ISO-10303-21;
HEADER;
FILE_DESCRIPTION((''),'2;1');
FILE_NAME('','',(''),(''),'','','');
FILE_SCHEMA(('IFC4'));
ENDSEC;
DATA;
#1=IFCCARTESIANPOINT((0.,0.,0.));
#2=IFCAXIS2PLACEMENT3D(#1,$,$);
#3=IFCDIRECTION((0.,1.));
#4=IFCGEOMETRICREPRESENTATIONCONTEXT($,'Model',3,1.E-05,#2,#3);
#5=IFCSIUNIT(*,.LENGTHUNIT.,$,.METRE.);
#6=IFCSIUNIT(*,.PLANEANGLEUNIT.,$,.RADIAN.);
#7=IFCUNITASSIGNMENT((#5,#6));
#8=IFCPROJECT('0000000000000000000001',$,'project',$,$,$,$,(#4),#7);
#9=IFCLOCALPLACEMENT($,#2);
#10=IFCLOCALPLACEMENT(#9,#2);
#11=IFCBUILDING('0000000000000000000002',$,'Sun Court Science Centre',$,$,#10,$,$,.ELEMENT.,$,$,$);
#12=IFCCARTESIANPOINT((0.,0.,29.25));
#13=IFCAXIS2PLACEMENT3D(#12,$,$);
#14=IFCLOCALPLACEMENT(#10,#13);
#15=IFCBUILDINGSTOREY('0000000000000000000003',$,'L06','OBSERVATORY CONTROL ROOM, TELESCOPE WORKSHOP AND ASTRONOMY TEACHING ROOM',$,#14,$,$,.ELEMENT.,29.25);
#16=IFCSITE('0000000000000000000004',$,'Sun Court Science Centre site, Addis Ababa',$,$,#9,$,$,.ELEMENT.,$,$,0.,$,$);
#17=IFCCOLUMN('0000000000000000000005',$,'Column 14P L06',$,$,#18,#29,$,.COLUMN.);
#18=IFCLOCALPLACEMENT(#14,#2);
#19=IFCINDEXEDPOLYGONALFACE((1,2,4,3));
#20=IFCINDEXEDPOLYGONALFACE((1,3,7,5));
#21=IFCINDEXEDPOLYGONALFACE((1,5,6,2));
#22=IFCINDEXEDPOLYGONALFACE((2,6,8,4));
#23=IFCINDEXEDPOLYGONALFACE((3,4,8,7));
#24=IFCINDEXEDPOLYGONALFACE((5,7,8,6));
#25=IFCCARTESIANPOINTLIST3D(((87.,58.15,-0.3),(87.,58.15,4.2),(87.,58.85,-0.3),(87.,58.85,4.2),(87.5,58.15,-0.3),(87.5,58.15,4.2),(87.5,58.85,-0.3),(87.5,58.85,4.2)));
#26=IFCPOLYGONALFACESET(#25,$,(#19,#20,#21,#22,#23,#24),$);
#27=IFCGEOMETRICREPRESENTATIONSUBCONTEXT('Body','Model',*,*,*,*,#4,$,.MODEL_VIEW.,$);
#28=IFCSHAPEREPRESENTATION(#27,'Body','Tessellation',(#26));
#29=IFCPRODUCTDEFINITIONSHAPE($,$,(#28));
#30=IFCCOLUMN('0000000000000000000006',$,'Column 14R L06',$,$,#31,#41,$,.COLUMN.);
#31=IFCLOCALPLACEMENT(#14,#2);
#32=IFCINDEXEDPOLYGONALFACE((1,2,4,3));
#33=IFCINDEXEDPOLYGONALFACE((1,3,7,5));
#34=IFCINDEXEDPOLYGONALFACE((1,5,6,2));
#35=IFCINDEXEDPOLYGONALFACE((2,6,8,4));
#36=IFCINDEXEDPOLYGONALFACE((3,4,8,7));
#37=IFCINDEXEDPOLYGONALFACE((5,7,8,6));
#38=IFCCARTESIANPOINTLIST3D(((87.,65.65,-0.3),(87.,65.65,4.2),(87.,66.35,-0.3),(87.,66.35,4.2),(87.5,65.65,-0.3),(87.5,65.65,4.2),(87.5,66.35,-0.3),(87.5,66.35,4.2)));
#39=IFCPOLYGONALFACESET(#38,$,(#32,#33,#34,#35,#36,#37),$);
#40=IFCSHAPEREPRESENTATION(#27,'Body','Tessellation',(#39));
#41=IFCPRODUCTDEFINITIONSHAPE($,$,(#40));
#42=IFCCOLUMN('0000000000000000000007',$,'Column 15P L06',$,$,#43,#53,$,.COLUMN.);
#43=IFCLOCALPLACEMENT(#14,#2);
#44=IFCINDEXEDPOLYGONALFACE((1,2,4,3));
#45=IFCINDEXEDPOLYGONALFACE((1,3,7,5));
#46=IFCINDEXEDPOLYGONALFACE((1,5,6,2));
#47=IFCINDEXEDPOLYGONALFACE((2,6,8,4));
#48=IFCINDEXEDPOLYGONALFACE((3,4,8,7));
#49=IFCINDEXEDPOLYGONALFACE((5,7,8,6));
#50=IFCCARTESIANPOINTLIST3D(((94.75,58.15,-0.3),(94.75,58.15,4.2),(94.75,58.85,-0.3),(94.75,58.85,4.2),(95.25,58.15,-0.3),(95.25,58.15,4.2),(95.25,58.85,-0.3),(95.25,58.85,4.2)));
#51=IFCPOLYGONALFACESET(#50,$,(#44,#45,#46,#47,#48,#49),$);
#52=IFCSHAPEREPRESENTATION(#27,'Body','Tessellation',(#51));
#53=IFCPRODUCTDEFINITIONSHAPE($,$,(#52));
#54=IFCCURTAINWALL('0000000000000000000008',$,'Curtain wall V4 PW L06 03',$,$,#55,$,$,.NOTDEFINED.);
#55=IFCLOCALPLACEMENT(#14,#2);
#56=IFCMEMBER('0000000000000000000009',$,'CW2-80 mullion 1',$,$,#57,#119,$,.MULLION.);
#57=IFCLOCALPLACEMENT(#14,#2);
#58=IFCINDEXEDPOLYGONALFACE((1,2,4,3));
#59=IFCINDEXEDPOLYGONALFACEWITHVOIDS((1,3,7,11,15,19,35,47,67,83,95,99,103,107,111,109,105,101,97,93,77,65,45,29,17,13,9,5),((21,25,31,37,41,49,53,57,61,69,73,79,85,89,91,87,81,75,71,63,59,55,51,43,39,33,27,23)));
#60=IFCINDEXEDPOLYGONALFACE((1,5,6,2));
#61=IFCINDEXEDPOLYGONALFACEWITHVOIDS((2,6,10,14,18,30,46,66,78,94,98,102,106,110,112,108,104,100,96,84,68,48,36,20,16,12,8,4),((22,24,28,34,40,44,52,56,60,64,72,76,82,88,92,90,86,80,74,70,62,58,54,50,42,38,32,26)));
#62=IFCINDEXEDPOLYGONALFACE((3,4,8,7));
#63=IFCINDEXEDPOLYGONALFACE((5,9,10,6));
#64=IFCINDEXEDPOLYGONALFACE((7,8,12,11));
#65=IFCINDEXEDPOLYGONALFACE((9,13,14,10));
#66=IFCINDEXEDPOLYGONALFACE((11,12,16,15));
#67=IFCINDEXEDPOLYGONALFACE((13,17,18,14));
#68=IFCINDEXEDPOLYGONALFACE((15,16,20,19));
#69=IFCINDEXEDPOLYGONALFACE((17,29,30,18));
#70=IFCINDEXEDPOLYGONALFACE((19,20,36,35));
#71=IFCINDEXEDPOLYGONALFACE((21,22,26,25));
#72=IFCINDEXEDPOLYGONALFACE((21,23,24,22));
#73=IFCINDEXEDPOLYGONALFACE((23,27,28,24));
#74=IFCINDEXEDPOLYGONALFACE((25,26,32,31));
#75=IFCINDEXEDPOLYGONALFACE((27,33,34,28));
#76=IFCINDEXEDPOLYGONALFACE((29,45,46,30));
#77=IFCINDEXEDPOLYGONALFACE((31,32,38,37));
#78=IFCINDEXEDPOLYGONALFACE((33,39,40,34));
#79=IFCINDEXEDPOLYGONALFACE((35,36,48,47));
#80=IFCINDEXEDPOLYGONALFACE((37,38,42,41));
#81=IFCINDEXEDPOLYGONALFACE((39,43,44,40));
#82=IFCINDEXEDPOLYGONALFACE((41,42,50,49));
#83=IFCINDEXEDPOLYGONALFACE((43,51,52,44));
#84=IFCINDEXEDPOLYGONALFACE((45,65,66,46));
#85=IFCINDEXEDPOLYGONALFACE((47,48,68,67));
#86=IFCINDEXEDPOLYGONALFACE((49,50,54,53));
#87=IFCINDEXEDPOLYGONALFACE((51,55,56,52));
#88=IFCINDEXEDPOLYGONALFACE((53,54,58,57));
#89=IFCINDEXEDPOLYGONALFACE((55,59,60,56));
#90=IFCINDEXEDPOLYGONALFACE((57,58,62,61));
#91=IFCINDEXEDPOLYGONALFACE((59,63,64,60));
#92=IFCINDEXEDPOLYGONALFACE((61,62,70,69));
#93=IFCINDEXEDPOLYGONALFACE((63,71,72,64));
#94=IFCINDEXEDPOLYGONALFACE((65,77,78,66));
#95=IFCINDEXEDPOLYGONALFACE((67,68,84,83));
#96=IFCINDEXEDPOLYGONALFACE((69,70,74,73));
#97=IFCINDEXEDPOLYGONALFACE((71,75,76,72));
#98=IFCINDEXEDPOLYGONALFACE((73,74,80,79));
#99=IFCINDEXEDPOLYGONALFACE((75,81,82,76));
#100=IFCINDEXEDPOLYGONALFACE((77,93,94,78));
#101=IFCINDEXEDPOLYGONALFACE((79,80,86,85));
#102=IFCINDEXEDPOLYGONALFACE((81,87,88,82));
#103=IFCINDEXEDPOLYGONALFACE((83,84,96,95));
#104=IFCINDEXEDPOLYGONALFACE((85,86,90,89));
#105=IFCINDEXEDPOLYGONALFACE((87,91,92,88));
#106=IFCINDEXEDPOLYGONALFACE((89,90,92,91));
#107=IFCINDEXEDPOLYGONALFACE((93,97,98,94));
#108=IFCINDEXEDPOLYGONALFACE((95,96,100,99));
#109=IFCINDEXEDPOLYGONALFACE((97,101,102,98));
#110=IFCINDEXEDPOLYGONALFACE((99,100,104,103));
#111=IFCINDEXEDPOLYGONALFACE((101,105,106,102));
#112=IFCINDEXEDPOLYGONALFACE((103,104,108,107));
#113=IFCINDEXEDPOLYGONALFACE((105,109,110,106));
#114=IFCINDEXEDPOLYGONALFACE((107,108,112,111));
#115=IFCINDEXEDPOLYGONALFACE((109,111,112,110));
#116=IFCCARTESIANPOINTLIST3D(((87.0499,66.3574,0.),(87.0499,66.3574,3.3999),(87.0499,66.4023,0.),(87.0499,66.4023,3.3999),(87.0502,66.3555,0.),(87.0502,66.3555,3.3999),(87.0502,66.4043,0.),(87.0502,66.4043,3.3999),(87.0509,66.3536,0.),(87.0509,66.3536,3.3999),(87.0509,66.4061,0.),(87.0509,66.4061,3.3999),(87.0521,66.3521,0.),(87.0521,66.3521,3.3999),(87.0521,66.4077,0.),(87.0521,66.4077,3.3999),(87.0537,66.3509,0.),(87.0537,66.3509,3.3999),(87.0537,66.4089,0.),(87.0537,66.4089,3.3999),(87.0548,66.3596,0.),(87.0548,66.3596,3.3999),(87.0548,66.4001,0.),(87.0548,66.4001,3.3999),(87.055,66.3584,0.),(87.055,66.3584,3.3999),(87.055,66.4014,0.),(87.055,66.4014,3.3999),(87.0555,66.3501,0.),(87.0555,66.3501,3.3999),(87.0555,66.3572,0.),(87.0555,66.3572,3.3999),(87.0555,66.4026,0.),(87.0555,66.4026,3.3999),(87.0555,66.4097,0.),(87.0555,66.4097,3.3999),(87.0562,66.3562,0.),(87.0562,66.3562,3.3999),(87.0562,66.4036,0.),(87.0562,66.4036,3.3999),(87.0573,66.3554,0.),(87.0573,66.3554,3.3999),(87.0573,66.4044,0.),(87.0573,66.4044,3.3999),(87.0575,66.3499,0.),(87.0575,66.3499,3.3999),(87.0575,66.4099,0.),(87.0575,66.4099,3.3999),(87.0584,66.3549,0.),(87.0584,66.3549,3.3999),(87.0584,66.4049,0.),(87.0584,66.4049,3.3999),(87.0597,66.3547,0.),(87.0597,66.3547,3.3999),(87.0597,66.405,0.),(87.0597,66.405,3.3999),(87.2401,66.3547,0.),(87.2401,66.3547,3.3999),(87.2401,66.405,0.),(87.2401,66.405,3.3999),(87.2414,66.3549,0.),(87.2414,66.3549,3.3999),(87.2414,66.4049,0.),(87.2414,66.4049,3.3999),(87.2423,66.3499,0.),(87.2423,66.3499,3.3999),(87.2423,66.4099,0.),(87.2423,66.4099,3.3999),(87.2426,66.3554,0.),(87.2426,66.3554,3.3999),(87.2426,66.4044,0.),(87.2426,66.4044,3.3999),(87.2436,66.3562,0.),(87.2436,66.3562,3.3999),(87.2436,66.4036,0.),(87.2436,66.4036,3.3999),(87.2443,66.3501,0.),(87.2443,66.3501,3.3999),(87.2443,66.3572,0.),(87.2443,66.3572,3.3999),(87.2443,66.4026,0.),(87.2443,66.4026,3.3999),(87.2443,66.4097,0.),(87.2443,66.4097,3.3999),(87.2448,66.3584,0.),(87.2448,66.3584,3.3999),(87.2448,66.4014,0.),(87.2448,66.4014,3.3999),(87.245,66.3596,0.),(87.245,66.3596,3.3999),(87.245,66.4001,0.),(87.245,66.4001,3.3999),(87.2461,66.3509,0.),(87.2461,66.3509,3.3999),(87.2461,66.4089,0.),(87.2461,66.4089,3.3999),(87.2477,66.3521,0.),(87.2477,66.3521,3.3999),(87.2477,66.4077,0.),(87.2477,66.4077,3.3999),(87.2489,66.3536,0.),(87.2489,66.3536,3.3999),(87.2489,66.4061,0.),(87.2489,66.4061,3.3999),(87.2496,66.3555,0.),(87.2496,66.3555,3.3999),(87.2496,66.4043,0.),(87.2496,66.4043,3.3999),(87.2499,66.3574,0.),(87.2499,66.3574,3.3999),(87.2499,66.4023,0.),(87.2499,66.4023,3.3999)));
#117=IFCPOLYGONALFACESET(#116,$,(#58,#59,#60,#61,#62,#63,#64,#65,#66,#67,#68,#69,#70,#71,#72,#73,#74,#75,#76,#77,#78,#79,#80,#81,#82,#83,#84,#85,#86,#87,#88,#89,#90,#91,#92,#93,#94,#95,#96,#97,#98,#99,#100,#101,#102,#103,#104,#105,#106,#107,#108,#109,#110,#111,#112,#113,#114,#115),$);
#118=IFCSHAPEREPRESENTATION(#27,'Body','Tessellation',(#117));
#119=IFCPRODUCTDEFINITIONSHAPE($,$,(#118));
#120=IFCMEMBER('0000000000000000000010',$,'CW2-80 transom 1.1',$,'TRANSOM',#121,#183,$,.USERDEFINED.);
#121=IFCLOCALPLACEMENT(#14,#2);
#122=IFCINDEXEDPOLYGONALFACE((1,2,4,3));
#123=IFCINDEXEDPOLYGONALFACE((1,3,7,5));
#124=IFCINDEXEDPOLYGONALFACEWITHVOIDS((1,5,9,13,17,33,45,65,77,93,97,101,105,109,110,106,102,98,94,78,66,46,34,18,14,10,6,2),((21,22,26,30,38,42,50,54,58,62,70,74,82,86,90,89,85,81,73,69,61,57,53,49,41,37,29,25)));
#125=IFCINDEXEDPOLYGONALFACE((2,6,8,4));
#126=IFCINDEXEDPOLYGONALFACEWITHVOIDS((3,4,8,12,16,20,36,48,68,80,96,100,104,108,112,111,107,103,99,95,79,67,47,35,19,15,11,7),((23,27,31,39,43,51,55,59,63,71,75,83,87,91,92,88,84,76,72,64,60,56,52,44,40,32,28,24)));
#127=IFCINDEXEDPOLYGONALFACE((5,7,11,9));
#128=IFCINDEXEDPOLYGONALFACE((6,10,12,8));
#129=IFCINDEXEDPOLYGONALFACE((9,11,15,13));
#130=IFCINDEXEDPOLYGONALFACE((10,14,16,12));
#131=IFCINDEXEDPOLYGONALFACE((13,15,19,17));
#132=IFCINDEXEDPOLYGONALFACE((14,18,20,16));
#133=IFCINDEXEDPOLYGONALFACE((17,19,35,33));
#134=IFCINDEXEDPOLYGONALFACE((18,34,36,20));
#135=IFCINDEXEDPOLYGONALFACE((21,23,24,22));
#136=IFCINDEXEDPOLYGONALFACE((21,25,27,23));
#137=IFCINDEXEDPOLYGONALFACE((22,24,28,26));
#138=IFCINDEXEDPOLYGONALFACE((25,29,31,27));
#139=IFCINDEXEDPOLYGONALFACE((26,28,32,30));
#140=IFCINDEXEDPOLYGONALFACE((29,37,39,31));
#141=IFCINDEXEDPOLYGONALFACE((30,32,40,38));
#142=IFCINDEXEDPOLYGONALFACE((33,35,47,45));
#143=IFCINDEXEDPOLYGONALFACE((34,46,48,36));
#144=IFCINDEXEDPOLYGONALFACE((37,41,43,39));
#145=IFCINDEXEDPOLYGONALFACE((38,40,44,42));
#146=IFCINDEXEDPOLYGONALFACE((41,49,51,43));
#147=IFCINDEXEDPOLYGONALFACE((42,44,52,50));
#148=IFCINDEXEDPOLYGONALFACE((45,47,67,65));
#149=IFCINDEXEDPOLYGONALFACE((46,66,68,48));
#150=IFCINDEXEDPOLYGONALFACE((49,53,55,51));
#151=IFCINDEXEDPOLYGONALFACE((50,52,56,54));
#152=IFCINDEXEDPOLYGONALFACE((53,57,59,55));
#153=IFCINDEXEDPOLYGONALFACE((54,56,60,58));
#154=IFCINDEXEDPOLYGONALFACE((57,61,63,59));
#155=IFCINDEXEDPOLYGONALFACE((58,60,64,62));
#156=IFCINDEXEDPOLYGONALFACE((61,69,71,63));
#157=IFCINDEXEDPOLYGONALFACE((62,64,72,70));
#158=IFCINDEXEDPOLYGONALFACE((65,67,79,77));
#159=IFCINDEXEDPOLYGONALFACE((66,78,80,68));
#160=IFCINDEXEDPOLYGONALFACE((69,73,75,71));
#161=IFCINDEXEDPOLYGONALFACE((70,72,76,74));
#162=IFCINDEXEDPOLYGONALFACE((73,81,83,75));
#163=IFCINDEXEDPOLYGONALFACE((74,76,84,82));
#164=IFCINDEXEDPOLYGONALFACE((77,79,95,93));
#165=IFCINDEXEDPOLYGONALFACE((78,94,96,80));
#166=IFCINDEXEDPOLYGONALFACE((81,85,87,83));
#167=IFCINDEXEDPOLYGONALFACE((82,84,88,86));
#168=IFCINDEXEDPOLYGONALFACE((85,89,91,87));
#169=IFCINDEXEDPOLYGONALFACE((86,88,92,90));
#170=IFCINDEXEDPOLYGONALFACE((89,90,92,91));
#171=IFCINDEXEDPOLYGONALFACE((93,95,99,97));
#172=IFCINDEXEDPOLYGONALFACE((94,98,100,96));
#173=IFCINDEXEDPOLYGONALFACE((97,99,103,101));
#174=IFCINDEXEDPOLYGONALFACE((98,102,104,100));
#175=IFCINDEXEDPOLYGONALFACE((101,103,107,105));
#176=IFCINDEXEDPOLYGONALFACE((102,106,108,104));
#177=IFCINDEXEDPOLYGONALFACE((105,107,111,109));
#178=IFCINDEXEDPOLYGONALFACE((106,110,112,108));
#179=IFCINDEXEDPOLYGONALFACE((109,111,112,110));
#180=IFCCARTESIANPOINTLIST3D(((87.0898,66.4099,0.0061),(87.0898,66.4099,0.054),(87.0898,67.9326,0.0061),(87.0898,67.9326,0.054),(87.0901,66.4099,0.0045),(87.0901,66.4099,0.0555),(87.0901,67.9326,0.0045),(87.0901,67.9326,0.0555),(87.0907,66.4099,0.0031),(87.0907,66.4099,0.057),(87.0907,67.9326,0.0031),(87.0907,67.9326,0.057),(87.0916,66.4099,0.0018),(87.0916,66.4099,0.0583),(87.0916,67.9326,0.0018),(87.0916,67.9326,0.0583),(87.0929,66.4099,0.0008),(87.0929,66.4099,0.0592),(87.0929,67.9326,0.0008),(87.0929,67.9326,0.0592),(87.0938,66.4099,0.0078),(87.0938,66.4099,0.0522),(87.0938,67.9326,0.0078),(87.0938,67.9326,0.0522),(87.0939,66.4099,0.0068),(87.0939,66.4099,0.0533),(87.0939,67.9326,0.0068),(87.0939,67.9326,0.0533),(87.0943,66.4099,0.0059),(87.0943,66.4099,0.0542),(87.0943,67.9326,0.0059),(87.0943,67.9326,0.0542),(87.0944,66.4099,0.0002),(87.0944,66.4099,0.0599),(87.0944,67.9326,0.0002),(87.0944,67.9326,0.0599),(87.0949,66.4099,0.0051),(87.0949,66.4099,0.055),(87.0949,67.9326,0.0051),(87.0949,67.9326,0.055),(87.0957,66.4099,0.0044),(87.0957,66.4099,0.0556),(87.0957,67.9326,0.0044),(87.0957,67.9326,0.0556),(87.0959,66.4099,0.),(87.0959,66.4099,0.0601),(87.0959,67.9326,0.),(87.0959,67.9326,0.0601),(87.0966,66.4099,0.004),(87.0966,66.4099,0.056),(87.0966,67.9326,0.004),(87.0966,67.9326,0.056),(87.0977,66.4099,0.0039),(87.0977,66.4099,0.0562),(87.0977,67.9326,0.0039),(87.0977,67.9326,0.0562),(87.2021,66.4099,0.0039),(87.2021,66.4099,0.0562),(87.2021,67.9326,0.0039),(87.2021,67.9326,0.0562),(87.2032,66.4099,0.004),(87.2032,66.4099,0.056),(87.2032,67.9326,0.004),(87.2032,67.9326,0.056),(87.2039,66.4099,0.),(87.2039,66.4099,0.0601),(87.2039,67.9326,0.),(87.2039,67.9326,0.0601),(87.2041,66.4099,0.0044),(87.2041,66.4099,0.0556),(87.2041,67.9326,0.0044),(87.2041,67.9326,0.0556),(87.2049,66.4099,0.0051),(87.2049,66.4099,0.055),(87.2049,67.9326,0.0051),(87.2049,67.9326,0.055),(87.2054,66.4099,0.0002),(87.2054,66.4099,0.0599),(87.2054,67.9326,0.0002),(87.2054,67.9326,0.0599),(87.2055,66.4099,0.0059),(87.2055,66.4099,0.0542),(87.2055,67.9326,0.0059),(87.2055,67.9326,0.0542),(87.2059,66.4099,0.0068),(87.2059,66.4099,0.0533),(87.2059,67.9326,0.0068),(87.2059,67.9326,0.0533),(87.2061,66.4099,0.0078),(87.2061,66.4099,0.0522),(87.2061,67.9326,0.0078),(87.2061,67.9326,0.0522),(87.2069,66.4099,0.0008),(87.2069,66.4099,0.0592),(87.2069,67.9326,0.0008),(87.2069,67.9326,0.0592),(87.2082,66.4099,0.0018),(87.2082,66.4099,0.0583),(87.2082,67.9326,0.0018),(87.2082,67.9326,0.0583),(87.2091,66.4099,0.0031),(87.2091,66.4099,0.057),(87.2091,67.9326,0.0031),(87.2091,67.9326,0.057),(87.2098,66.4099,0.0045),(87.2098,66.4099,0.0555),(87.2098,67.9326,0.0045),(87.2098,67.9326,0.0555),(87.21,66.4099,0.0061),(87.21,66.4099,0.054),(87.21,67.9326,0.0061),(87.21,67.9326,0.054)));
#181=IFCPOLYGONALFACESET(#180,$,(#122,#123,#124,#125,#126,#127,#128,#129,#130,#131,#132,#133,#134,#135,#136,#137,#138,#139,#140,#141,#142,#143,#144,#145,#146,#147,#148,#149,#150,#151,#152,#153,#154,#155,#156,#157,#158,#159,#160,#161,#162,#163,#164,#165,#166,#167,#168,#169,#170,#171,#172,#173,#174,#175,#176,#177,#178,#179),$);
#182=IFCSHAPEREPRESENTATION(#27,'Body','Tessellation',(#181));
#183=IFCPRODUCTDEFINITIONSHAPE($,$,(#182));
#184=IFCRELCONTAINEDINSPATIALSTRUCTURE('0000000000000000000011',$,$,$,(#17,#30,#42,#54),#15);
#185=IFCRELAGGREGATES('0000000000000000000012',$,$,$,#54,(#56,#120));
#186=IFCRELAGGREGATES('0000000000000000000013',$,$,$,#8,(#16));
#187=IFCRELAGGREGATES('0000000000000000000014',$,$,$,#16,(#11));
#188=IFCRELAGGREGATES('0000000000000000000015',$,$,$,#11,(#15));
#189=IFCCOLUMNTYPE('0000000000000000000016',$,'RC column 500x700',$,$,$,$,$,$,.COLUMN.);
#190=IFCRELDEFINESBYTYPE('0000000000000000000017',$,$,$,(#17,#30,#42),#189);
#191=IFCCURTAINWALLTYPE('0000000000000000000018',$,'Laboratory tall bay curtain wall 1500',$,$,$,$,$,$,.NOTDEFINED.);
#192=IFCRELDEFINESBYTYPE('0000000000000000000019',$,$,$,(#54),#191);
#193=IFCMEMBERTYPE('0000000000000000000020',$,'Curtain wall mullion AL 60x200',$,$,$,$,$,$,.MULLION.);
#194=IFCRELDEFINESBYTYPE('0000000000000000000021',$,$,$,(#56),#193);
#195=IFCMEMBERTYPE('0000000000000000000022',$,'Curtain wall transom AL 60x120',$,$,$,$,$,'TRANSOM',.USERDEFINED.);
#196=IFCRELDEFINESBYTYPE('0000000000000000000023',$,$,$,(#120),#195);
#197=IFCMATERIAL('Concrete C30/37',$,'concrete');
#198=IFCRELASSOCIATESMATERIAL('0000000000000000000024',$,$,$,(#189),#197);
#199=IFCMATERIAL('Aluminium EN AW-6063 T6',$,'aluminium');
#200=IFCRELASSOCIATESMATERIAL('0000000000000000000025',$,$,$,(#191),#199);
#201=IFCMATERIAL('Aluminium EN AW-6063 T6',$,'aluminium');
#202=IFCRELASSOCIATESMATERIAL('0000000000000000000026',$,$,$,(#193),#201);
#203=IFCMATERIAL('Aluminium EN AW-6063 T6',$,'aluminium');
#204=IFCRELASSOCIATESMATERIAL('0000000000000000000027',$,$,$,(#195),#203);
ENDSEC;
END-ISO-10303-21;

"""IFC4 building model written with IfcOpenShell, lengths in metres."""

from ifc_helpers import new_model, si_unit, direction, frame, origin, origin_2d, place, context, subcontext, project, spatial, rectangle, hollow_rectangle, extrude, material, material_profile, profile_set, type_object, element, aggregate, save


model = new_model("IFC4")

# Units and contexts
model_context = context("Model", 3, precision=1e-05, world=origin(), true_north=direction((0.0, 1.0)))
body_context = subcontext(model_context, "Body", "Model", "MODEL_VIEW")
ifc_project = project(units=[si_unit("LENGTHUNIT", "METRE"), si_unit("PLANEANGLEUNIT", "RADIAN")], contexts=[model_context])

# Site, building, storey
site_placement = place(None, origin())
site = spatial("IfcSite", under=ifc_project, at=site_placement, Name="Sun Court Science Centre site, Addis Ababa", CompositionType="ELEMENT", RefElevation=0.0)
building_placement = place(site_placement, origin())
building = spatial("IfcBuilding", under=site, at=building_placement, Name="Sun Court Science Centre", CompositionType="ELEMENT")
storey_placement = place(building_placement, frame((0.0, 0.0, 29.25)))
storey = spatial("IfcBuildingStorey", under=building, at=storey_placement, Name="L06", Description="OBSERVATORY CONTROL ROOM, TELESCOPE WORKSHOP AND ASTRONOMY TEACHING ROOM", CompositionType="ELEMENT", Elevation=29.25)

# Columns
ifc_material_1 = material(Name="Concrete C30/37", Category="concrete")
ifc_material_profile_1 = material_profile(ifc_material_1, rectangle(XDim=0.5, YDim=0.7, at=origin_2d()), Name="RC 500x700")
ifc_profile_set_1 = profile_set([ifc_material_profile_1], Name="Concrete C30/37")
column_type = type_object("IfcColumnType", Name="RC column 500x700", PredefinedType="COLUMN", material=ifc_profile_set_1)
for number, where, z_axis, x_axis, name in (
    (1, (87.25, 58.5, -0.3), (0.0, 0.0, 1.0), (1.0, 0.0, 0.0), "Column 14P L06"),
    (2, (87.25, 66.0, -0.3), (0.0, 0.0, 1.0), (1.0, 0.0, 0.0), "Column 14R L06"),
    (3, (95.0, 58.5, -0.3), (0.0, 0.0, 1.0), (1.0, 0.0, 0.0), "Column 15P L06"),
):
    element("IfcColumn", number, at=place(storey_placement, frame(where, z_axis=z_axis, x_axis=x_axis)), inside=storey, type_object=column_type, Name=name, PredefinedType="COLUMN", context=body_context, shape_type="SweptSolid", body=[
        extrude(rectangle(XDim=0.5, YDim=0.7, at=origin_2d()), origin(), (0.0, 0.0, 1.0), 4.5),
    ])

# Curtain wall, members
ifc_material_2 = material(Name="Aluminium EN AW-6063 T6", Category="aluminium")
curtain_wall_type = type_object("IfcCurtainWallType", Name="Laboratory tall bay curtain wall 1500", PredefinedType="NOTDEFINED", material=ifc_material_2)
curtain_wall_1_placement = place(storey_placement, origin())
curtain_wall_1 = element("IfcCurtainWall", 4, at=curtain_wall_1_placement, inside=storey, type_object=curtain_wall_type, Name="Curtain wall V4 PW L06 03", PredefinedType="NOTDEFINED")
ifc_material_3 = material(Name="Aluminium EN AW-6063 T6", Category="aluminium")
ifc_material_profile_2 = material_profile(ifc_material_3, hollow_rectangle(XDim=0.0601, YDim=0.2, WallThickness=0.0049, InnerFilletRadius=0.0049, OuterFilletRadius=0.0076, at=origin_2d()), Name="AL 60x200x5")
ifc_profile_set_2 = profile_set([ifc_material_profile_2], Name="Aluminium EN AW-6063 T6")
member_type_1 = type_object("IfcMemberType", Name="Curtain wall mullion AL 60x200", PredefinedType="MULLION", material=ifc_profile_set_2)
member_1_placement = place(storey_placement, frame((87.1499, 66.3799, 0.0), z_axis=(0.0, 0.0, 1.0), x_axis=(0.0, 1.0, 0.0)))
member_1 = element("IfcMember", 5, at=member_1_placement, type_object=member_type_1, Name="CW2-80 mullion 1", PredefinedType="MULLION", context=body_context, shape_type="SweptSolid", body=[
    extrude(hollow_rectangle(XDim=0.0601, YDim=0.2, WallThickness=0.0049, InnerFilletRadius=0.0049, OuterFilletRadius=0.0076, at=origin_2d()), origin(), (0.0, 0.0, 1.0), 3.3999),
])
ifc_material_4 = material(Name="Aluminium EN AW-6063 T6", Category="aluminium")
ifc_material_profile_3 = material_profile(ifc_material_4, hollow_rectangle(XDim=0.0601, YDim=0.1201, WallThickness=0.0039, InnerFilletRadius=0.0039, OuterFilletRadius=0.0061, at=origin_2d()), Name="AL 60x120x4")
ifc_profile_set_3 = profile_set([ifc_material_profile_3], Name="Aluminium EN AW-6063 T6")
member_type_2 = type_object("IfcMemberType", Name="Curtain wall transom AL 60x120", ElementType="TRANSOM", PredefinedType="USERDEFINED", material=ifc_profile_set_3)
member_2_placement = place(storey_placement, frame((87.1499, 66.4099, 0.03), z_axis=(0.0, 1.0, 0.0), x_axis=(0.0, 0.0, 1.0)))
member_2 = element("IfcMember", 6, at=member_2_placement, type_object=member_type_2, Name="CW2-80 transom 1.1", ObjectType="TRANSOM", PredefinedType="USERDEFINED", context=body_context, shape_type="SweptSolid", body=[
    extrude(hollow_rectangle(XDim=0.0601, YDim=0.1201, WallThickness=0.0039, InnerFilletRadius=0.0039, OuterFilletRadius=0.0061, at=origin_2d()), origin(), (0.0, 0.0, 1.0), 1.5227),
])
aggregate(curtain_wall_1, [member_1, member_2])

save(model, "model.ifc")
